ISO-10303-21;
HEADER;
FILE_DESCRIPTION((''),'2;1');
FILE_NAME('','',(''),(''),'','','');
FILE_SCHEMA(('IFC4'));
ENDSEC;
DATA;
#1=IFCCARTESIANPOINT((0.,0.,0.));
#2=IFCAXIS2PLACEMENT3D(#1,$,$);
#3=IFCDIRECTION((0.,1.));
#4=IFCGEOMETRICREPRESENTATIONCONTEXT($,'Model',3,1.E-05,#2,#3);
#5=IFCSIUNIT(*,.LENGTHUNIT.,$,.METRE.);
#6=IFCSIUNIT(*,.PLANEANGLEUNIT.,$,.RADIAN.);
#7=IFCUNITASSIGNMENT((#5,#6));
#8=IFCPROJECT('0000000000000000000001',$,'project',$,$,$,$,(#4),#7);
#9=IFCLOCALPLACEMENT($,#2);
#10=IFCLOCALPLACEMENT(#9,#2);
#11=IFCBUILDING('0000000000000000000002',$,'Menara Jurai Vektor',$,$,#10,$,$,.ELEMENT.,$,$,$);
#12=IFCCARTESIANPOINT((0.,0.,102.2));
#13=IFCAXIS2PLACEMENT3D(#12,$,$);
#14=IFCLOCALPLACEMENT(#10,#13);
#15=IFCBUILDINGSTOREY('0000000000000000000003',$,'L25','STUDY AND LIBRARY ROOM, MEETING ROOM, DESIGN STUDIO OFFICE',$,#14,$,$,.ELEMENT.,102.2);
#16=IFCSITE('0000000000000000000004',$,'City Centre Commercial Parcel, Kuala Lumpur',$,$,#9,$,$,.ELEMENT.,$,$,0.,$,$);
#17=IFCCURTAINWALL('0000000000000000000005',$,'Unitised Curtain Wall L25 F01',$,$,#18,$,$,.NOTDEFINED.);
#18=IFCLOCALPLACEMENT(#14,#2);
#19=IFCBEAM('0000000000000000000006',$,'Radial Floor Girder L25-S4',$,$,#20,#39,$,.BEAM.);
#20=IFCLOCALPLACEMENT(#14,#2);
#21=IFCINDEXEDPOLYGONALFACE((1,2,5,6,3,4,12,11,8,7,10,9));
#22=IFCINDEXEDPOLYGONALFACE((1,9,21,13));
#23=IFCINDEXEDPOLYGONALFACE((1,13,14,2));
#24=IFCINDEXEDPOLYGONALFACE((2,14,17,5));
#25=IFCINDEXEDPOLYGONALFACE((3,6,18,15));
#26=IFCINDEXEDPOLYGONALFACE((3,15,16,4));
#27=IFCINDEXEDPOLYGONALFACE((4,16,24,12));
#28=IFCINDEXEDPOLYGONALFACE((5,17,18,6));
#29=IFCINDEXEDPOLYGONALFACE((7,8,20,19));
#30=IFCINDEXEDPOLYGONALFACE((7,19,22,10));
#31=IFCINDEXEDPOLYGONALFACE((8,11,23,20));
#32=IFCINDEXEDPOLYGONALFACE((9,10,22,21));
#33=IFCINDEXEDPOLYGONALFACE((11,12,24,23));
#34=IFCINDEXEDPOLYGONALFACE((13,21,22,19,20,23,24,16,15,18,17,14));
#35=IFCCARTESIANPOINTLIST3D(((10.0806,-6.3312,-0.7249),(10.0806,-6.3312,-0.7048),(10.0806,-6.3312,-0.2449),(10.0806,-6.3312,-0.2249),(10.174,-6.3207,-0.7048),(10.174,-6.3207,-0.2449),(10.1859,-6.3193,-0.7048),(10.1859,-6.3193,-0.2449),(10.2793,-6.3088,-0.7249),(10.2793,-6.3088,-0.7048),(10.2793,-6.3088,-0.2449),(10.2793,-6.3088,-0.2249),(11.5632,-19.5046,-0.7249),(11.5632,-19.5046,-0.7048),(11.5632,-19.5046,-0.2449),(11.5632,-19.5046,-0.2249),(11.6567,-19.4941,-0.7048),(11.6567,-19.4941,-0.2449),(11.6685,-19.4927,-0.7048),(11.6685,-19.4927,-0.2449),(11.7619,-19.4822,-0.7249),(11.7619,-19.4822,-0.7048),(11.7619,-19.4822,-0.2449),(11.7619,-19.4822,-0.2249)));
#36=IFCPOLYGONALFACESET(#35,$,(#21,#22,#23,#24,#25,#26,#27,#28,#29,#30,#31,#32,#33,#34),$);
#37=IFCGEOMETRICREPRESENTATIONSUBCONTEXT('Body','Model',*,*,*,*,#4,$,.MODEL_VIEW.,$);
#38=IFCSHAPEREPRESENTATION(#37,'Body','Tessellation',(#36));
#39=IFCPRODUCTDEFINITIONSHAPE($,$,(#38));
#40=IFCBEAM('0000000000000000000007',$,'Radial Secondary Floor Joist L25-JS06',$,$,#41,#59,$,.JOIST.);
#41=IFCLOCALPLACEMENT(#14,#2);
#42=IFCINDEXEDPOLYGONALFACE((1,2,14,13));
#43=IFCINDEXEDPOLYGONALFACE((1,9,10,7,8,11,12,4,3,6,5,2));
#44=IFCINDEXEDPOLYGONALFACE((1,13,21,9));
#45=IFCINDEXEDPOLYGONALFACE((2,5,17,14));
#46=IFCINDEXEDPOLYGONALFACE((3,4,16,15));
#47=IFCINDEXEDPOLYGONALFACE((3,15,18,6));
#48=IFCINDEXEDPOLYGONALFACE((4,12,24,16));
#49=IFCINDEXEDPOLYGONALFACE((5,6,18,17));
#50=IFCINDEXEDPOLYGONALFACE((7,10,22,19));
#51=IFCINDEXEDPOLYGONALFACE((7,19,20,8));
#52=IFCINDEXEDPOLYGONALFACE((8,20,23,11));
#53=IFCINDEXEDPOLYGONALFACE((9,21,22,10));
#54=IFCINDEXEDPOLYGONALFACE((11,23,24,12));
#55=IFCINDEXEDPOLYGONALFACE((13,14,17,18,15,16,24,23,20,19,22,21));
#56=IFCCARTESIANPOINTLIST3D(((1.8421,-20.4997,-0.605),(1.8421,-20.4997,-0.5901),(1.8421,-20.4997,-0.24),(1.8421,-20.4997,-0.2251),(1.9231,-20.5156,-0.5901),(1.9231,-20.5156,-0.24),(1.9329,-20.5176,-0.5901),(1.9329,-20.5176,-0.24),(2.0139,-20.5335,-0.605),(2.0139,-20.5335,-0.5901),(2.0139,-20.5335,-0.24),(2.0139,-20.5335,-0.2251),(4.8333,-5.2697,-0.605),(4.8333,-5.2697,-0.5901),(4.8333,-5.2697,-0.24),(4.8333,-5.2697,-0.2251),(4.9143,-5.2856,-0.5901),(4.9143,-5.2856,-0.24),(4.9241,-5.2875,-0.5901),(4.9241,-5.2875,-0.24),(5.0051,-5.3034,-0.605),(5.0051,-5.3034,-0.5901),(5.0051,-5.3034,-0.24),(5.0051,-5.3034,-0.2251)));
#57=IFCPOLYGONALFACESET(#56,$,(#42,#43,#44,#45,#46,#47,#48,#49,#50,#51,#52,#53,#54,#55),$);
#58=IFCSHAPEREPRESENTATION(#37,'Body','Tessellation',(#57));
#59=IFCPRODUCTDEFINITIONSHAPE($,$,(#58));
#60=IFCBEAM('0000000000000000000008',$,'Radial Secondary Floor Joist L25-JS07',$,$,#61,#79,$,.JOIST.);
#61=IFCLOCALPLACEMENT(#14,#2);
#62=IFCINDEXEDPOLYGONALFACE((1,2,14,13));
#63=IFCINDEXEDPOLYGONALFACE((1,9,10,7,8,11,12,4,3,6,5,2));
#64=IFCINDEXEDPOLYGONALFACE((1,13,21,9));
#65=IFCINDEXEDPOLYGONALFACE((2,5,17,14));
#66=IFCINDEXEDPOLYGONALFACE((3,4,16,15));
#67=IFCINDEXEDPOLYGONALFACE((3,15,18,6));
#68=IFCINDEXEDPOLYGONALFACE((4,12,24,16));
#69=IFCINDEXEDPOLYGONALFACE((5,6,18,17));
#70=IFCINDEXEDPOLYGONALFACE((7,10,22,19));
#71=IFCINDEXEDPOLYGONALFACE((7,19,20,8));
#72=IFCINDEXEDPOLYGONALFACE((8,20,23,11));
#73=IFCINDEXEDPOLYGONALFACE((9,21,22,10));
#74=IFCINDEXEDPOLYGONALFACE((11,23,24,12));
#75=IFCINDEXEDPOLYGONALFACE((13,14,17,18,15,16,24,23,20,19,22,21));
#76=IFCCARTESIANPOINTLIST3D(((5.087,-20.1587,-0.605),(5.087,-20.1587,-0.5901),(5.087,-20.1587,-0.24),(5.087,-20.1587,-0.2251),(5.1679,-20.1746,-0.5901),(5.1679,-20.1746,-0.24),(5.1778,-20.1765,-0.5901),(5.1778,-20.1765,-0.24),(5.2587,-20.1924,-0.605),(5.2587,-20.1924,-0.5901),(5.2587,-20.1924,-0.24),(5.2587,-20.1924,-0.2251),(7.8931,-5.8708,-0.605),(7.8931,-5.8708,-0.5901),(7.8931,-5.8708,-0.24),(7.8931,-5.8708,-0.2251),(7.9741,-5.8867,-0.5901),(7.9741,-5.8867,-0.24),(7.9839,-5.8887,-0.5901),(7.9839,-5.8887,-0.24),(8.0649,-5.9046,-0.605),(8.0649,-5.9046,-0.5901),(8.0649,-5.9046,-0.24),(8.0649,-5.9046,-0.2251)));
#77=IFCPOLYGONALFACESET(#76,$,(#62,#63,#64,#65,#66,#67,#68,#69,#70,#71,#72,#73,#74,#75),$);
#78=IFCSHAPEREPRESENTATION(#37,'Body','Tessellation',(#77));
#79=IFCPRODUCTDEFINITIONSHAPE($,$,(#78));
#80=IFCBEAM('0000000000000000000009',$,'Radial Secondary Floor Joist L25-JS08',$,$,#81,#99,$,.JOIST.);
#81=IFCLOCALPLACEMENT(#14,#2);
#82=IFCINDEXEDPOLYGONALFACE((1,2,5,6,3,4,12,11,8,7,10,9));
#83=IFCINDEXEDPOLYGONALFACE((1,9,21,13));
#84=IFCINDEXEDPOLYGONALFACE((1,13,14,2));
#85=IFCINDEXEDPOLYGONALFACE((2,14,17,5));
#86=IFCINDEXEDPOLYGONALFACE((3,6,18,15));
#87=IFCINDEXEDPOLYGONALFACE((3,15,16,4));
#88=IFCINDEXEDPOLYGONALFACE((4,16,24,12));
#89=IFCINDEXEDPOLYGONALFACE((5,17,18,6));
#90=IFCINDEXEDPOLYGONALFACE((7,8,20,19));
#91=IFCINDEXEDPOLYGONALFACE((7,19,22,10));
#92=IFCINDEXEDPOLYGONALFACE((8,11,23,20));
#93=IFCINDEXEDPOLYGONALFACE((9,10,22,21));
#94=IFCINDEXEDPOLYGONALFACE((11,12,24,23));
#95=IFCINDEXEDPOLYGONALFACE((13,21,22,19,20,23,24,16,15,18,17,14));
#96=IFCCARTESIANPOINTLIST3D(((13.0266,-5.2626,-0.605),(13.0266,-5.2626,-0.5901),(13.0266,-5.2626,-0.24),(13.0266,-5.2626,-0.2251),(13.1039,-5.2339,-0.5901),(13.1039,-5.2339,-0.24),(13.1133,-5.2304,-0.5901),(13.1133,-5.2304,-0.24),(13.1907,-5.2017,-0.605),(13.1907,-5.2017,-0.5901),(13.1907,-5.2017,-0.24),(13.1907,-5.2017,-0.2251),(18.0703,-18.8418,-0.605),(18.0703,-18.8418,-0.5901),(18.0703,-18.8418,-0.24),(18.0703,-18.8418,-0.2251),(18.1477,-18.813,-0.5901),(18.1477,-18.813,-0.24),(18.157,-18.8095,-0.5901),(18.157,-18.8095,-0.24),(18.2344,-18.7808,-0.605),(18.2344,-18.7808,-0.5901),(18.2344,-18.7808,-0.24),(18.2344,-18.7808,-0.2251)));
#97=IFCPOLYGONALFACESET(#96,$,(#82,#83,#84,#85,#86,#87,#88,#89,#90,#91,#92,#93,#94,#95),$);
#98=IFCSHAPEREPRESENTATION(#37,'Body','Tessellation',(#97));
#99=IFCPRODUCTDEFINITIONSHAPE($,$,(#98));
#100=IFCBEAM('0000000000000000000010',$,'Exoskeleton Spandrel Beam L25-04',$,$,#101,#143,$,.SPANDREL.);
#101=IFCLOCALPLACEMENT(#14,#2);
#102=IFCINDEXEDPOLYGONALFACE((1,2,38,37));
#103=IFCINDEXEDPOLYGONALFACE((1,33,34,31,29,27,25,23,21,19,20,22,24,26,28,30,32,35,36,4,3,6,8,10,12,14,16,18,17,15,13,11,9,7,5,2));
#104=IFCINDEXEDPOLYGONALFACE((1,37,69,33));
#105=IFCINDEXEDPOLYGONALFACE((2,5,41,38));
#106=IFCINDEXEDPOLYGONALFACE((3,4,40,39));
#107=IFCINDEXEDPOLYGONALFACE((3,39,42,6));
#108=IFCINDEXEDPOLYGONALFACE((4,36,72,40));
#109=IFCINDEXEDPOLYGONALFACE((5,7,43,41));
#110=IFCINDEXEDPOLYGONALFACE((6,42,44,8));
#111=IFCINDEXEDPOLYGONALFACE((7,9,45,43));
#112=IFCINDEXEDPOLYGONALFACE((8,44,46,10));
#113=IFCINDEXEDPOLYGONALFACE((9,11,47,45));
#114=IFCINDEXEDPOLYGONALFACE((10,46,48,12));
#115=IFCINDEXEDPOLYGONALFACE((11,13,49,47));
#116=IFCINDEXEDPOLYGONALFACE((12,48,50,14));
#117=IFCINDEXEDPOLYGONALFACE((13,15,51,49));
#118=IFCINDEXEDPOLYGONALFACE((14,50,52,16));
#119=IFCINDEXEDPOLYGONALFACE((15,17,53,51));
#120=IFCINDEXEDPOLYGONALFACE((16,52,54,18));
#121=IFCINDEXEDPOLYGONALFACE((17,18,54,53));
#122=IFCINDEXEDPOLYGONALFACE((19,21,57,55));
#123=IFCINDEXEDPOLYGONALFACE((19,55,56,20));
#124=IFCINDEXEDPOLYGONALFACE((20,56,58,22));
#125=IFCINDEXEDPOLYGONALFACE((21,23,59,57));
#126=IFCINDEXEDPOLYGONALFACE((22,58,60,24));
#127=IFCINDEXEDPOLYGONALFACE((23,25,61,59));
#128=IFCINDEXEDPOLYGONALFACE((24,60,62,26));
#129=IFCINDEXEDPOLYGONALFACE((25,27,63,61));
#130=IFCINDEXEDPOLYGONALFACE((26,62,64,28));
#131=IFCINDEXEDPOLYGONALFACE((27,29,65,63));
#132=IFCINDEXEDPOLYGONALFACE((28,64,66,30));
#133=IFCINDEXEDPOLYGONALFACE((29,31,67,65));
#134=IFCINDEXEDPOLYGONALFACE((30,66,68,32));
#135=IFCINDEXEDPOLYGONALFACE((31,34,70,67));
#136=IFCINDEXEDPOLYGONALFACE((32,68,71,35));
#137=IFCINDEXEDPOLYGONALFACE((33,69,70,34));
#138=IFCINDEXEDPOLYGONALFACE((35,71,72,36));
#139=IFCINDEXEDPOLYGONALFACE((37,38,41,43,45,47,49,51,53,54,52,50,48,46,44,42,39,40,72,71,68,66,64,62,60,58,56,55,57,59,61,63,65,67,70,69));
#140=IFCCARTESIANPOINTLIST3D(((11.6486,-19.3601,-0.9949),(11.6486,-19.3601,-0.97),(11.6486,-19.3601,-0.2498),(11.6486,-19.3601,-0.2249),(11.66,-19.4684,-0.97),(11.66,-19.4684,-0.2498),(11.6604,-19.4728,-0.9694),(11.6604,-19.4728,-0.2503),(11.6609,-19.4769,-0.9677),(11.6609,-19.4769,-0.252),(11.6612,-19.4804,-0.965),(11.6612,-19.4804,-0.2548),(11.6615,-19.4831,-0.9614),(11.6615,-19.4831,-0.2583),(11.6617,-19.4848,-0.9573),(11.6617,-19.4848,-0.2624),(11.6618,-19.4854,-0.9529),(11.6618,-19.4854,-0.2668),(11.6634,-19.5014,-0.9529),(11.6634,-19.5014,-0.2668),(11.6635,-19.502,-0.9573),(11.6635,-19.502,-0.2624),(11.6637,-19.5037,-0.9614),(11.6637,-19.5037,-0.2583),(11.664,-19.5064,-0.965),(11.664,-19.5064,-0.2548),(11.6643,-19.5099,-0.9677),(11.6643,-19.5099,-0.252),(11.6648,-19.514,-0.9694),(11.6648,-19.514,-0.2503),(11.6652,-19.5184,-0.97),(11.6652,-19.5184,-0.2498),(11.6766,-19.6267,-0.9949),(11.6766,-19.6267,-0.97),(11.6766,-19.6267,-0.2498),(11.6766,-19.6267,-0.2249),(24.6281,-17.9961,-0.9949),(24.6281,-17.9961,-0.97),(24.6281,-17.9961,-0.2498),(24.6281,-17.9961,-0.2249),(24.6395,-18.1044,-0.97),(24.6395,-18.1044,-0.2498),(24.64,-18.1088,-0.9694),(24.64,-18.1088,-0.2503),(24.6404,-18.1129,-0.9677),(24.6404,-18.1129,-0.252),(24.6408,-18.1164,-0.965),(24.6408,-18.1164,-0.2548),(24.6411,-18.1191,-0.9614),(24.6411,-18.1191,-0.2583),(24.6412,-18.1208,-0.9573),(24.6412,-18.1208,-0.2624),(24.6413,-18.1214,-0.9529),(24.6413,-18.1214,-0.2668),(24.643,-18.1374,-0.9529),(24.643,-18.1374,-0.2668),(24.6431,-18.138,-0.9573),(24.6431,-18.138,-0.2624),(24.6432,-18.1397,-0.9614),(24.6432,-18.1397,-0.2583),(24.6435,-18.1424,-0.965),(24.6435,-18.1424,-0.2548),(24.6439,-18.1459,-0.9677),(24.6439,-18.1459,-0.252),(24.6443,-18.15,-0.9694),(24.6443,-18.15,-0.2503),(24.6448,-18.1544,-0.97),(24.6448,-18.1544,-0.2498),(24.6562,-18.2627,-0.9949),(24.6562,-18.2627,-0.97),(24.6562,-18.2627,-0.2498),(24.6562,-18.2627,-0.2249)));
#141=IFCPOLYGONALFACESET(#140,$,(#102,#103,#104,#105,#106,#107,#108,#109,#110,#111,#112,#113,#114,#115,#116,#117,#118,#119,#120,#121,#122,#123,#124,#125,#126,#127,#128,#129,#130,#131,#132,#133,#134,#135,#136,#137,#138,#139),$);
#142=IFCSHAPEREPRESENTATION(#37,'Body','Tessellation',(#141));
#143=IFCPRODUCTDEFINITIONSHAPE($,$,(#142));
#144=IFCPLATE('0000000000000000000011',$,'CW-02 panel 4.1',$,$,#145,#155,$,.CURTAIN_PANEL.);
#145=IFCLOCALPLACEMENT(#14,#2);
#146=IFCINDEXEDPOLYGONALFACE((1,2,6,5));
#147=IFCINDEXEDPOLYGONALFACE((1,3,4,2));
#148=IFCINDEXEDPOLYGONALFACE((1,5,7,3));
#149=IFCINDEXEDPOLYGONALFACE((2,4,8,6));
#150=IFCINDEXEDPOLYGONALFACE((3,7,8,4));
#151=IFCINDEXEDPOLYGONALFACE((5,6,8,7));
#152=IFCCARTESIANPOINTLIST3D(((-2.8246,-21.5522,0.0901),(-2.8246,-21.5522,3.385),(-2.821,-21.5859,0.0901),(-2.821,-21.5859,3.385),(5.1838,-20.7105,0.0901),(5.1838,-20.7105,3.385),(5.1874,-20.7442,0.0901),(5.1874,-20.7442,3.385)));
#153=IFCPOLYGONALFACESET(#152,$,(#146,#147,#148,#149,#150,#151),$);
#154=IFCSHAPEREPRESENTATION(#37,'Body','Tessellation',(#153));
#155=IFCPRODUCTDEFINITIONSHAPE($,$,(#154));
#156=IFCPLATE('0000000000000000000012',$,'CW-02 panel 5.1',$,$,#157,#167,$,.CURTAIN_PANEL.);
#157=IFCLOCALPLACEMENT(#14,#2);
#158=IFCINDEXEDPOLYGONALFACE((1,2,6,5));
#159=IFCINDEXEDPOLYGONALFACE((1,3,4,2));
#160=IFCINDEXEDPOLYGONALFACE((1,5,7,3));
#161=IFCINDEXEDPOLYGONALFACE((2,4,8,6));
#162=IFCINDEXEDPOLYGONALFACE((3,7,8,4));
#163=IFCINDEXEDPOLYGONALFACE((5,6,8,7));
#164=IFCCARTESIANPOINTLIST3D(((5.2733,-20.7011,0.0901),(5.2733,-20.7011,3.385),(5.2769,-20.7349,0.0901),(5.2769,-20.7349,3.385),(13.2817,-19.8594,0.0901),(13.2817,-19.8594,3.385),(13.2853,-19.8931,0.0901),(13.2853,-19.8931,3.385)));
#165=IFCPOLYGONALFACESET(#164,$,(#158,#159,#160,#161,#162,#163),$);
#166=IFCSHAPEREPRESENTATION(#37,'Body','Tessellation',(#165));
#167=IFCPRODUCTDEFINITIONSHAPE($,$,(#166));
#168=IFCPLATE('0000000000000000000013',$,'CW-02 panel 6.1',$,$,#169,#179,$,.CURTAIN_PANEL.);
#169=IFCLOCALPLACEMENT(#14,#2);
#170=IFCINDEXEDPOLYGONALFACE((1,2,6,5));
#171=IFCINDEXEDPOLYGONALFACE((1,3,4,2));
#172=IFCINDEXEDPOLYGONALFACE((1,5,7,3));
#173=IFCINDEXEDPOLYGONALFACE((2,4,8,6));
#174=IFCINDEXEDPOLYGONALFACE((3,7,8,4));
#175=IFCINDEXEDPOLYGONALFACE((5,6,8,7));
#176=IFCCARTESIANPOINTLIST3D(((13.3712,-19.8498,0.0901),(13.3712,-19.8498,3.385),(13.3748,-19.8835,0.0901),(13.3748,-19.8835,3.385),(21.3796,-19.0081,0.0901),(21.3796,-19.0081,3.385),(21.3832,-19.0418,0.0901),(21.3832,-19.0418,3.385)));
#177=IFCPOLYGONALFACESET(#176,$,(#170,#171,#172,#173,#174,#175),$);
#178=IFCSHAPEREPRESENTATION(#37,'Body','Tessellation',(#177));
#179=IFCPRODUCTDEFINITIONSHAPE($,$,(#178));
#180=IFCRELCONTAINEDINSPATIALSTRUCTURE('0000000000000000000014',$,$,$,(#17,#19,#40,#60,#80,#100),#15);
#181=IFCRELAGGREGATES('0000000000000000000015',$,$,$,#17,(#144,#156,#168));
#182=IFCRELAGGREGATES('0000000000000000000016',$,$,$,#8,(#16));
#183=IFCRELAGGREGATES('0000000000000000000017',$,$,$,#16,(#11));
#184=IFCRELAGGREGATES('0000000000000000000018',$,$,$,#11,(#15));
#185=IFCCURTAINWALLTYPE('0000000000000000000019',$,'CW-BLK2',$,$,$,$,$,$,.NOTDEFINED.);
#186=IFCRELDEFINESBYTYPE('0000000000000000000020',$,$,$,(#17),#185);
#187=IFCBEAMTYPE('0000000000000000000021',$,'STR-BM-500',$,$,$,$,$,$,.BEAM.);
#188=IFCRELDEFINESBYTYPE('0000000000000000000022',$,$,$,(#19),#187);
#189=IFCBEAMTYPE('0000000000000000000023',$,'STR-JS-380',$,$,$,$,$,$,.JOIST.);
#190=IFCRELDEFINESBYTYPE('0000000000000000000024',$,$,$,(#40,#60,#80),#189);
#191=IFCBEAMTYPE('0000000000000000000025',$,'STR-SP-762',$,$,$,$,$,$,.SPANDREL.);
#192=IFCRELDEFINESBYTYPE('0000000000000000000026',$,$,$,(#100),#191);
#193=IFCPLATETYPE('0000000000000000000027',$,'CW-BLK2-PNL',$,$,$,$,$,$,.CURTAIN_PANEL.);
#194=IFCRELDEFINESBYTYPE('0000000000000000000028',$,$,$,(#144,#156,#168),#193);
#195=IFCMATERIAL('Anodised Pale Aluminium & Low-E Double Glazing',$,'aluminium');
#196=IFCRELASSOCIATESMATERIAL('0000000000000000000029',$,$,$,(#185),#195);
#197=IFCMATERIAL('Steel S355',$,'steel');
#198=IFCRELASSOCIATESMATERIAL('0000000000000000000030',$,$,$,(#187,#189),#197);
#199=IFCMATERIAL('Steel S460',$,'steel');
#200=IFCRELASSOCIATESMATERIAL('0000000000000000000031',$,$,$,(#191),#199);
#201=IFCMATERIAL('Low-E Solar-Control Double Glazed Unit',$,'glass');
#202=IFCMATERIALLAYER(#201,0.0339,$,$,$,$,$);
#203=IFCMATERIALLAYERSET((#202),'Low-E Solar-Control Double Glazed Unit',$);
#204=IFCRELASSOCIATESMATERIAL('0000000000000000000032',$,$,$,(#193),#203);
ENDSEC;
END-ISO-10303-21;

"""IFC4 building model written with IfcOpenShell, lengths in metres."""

from ifc_helpers import new_model, si_unit, direction, frame, origin, origin_2d, place, context, subcontext, project, spatial, rectangle, i_section, extrude, material, layer, layer_set, material_profile, profile_set, type_object, element, aggregate, save


model = new_model("IFC4")

# Units and contexts
model_context = context("Model", 3, precision=1e-05, world=origin(), true_north=direction((0.0, 1.0)))
body_context = subcontext(model_context, "Body", "Model", "MODEL_VIEW")
ifc_project = project(units=[si_unit("LENGTHUNIT", "METRE"), si_unit("PLANEANGLEUNIT", "RADIAN")], contexts=[model_context])

# Site, building, storey
site_placement = place(None, origin())
site = spatial("IfcSite", under=ifc_project, at=site_placement, Name="City Centre Commercial Parcel, Kuala Lumpur", CompositionType="ELEMENT", RefElevation=0.0)
building_placement = place(site_placement, origin())
building = spatial("IfcBuilding", under=site, at=building_placement, Name="Menara Jurai Vektor", CompositionType="ELEMENT")
storey_placement = place(building_placement, frame((0.0, 0.0, 102.2)))
storey = spatial("IfcBuildingStorey", under=building, at=storey_placement, Name="L25", Description="STUDY AND LIBRARY ROOM, MEETING ROOM, DESIGN STUDIO OFFICE", CompositionType="ELEMENT", Elevation=102.2)

# Shared definitions
ifc_material_1 = material(Name="Steel S460", Category="steel")

# Curtain wall
ifc_material_2 = material(Name="Anodised Pale Aluminium & Low-E Double Glazing", Category="aluminium")
curtain_wall_type = type_object("IfcCurtainWallType", Name="CW-BLK2", PredefinedType="NOTDEFINED", material=ifc_material_2)
curtain_wall_placement = place(storey_placement, origin())
curtain_wall = element("IfcCurtainWall", 1, at=curtain_wall_placement, inside=storey, type_object=curtain_wall_type, Name="Unitised Curtain Wall L25 F01", PredefinedType="NOTDEFINED")

# Beams
ifc_material_3 = material(Name="Steel S355", Category="steel")
ifc_material_profile_1 = material_profile(ifc_material_3, i_section(OverallWidth=0.2, OverallDepth=0.5, WebThickness=0.012, FlangeThickness=0.02, at=origin_2d()), Name="PG 500x200x96")
ifc_profile_set_1 = profile_set([ifc_material_profile_1], Name="Steel S355")
beam_type_1 = type_object("IfcBeamType", Name="STR-BM-500", PredefinedType="BEAM", material=ifc_profile_set_1)
beam_1_placement = place(storey_placement, frame((11.6626, -19.4934, -0.4749), z_axis=(-0.111844, 0.993726, 0.0), x_axis=(-0.993726, -0.111844, 0.0)))
element("IfcBeam", 2, at=beam_1_placement, inside=storey, type_object=beam_type_1, Name="Radial Floor Girder L25-S4", PredefinedType="BEAM", context=body_context, shape_type="SweptSolid", body=[
    extrude(i_section(OverallWidth=0.2, OverallDepth=0.5, WebThickness=0.012, FlangeThickness=0.02, at=origin_2d()), origin(), (0.0, 0.0, 1.0), 13.2566),
])
ifc_material_profile_2 = material_profile(ifc_material_3, i_section(OverallWidth=0.175, OverallDepth=0.3799, WebThickness=0.01, FlangeThickness=0.0149, at=origin_2d()), Name="PG 380x175x58")
ifc_profile_set_2 = profile_set([ifc_material_profile_2], Name="Steel S355")
beam_type_2 = type_object("IfcBeamType", Name="STR-JS-380", PredefinedType="JOIST", material=ifc_profile_set_2)
beam_2_placement = place(storey_placement, frame((1.928, -20.5166, -0.415), z_axis=(0.192721, 0.981254, 0.0), x_axis=(-0.981254, 0.192721, 0.0)))
element("IfcBeam", 3, at=beam_2_placement, inside=storey, type_object=beam_type_2, Name="Radial Secondary Floor Joist L25-JS06", PredefinedType="JOIST", context=body_context, shape_type="SweptSolid", body=[
    extrude(i_section(OverallWidth=0.175, OverallDepth=0.3799, WebThickness=0.01, FlangeThickness=0.0149, at=origin_2d()), origin(), (0.0, 0.0, 1.0), 15.521),
])
beam_3_placement = place(storey_placement, frame((5.1729, -20.1755, -0.415), z_axis=(0.19272, 0.981254, 0.0), x_axis=(-0.981254, 0.19272, 0.0)))
element("IfcBeam", 4, at=beam_3_placement, inside=storey, type_object=beam_type_2, Name="Radial Secondary Floor Joist L25-JS07", PredefinedType="JOIST", context=body_context, shape_type="SweptSolid", body=[
    extrude(i_section(OverallWidth=0.175, OverallDepth=0.3799, WebThickness=0.01, FlangeThickness=0.0149, at=origin_2d()), origin(), (0.0, 0.0, 1.0), 14.5608),
])
beam_4_placement = place(storey_placement, frame((18.1523, -18.8113, -0.415), z_axis=(-0.348189, 0.937424, 0.0), x_axis=(-0.937424, -0.348189, 0.0)))
element("IfcBeam", 5, at=beam_4_placement, inside=storey, type_object=beam_type_2, Name="Radial Secondary Floor Joist L25-JS08", PredefinedType="JOIST", context=body_context, shape_type="SweptSolid", body=[
    extrude(i_section(OverallWidth=0.175, OverallDepth=0.3799, WebThickness=0.01, FlangeThickness=0.0149, at=origin_2d()), origin(), (0.0, 0.0, 1.0), 14.4856),
])
ifc_material_profile_3 = material_profile(ifc_material_1, i_section(OverallWidth=0.2681, OverallDepth=0.77, WebThickness=0.0161, FlangeThickness=0.0249, FilletRadius=0.0171, at=origin_2d()), Name="UKB 762x267x197")
ifc_profile_set_3 = profile_set([ifc_material_profile_3], Name="Steel S460")
beam_type_3 = type_object("IfcBeamType", Name="STR-SP-762", PredefinedType="SPANDREL", material=ifc_profile_set_3)
beam_5_placement = place(storey_placement, frame((11.6626, -19.4934, -0.6099), z_axis=(0.994523, 0.104514, 0.0), x_axis=(-0.104514, 0.994523, 0.0)))
element("IfcBeam", 6, at=beam_5_placement, inside=storey, type_object=beam_type_3, Name="Exoskeleton Spandrel Beam L25-04", PredefinedType="SPANDREL", context=body_context, shape_type="SweptSolid", body=[
    extrude(i_section(OverallWidth=0.2681, OverallDepth=0.77, WebThickness=0.0161, FlangeThickness=0.0249, FilletRadius=0.0171, at=origin_2d()), origin(), (0.0, 0.0, 1.0), 13.051),
])

# Plates
ifc_material_4 = material(Name="Low-E Solar-Control Double Glazed Unit", Category="glass")
ifc_layer_1 = layer(ifc_material_4, 0.0339)
ifc_layer_set_1 = layer_set([ifc_layer_1], Name="Low-E Solar-Control Double Glazed Unit")
plate_type_1 = type_object("IfcPlateType", Name="CW-BLK2-PNL", PredefinedType="CURTAIN_PANEL", material=ifc_layer_set_1)
plate_1_placement = place(storey_placement, frame((1.1814, -21.1482, 0.0901), z_axis=(0.0, 0.0, 1.0), x_axis=(0.994522, 0.104529, 0.0)))
plate_1 = element("IfcPlate", 7, at=plate_1_placement, type_object=plate_type_1, Name="CW-02 panel 4.1", PredefinedType="CURTAIN_PANEL", context=body_context, shape_type="SweptSolid", body=[
    extrude(rectangle(XDim=8.0525, YDim=0.0339, at=origin_2d()), origin(), (0.0, 0.0, 1.0), 3.2949),
])
plate_2_placement = place(storey_placement, frame((9.2793, -20.2971, 0.0901), z_axis=(0.0, 0.0, 1.0), x_axis=(0.994522, 0.104529, 0.0)))
plate_2 = element("IfcPlate", 8, at=plate_2_placement, type_object=plate_type_1, Name="CW-02 panel 5.1", PredefinedType="CURTAIN_PANEL", context=body_context, shape_type="SweptSolid", body=[
    extrude(rectangle(XDim=8.0525, YDim=0.0339, at=origin_2d()), origin(), (0.0, 0.0, 1.0), 3.2949),
])
plate_3_placement = place(storey_placement, frame((17.3772, -19.4458, 0.0901), z_axis=(0.0, 0.0, 1.0), x_axis=(0.994522, 0.104529, 0.0)))
plate_3 = element("IfcPlate", 9, at=plate_3_placement, type_object=plate_type_1, Name="CW-02 panel 6.1", PredefinedType="CURTAIN_PANEL", context=body_context, shape_type="SweptSolid", body=[
    extrude(rectangle(XDim=8.0525, YDim=0.0339, at=origin_2d()), origin(), (0.0, 0.0, 1.0), 3.2949),
])
aggregate(curtain_wall, [plate_1, plate_2, plate_3])

save(model, "model.ifc")
